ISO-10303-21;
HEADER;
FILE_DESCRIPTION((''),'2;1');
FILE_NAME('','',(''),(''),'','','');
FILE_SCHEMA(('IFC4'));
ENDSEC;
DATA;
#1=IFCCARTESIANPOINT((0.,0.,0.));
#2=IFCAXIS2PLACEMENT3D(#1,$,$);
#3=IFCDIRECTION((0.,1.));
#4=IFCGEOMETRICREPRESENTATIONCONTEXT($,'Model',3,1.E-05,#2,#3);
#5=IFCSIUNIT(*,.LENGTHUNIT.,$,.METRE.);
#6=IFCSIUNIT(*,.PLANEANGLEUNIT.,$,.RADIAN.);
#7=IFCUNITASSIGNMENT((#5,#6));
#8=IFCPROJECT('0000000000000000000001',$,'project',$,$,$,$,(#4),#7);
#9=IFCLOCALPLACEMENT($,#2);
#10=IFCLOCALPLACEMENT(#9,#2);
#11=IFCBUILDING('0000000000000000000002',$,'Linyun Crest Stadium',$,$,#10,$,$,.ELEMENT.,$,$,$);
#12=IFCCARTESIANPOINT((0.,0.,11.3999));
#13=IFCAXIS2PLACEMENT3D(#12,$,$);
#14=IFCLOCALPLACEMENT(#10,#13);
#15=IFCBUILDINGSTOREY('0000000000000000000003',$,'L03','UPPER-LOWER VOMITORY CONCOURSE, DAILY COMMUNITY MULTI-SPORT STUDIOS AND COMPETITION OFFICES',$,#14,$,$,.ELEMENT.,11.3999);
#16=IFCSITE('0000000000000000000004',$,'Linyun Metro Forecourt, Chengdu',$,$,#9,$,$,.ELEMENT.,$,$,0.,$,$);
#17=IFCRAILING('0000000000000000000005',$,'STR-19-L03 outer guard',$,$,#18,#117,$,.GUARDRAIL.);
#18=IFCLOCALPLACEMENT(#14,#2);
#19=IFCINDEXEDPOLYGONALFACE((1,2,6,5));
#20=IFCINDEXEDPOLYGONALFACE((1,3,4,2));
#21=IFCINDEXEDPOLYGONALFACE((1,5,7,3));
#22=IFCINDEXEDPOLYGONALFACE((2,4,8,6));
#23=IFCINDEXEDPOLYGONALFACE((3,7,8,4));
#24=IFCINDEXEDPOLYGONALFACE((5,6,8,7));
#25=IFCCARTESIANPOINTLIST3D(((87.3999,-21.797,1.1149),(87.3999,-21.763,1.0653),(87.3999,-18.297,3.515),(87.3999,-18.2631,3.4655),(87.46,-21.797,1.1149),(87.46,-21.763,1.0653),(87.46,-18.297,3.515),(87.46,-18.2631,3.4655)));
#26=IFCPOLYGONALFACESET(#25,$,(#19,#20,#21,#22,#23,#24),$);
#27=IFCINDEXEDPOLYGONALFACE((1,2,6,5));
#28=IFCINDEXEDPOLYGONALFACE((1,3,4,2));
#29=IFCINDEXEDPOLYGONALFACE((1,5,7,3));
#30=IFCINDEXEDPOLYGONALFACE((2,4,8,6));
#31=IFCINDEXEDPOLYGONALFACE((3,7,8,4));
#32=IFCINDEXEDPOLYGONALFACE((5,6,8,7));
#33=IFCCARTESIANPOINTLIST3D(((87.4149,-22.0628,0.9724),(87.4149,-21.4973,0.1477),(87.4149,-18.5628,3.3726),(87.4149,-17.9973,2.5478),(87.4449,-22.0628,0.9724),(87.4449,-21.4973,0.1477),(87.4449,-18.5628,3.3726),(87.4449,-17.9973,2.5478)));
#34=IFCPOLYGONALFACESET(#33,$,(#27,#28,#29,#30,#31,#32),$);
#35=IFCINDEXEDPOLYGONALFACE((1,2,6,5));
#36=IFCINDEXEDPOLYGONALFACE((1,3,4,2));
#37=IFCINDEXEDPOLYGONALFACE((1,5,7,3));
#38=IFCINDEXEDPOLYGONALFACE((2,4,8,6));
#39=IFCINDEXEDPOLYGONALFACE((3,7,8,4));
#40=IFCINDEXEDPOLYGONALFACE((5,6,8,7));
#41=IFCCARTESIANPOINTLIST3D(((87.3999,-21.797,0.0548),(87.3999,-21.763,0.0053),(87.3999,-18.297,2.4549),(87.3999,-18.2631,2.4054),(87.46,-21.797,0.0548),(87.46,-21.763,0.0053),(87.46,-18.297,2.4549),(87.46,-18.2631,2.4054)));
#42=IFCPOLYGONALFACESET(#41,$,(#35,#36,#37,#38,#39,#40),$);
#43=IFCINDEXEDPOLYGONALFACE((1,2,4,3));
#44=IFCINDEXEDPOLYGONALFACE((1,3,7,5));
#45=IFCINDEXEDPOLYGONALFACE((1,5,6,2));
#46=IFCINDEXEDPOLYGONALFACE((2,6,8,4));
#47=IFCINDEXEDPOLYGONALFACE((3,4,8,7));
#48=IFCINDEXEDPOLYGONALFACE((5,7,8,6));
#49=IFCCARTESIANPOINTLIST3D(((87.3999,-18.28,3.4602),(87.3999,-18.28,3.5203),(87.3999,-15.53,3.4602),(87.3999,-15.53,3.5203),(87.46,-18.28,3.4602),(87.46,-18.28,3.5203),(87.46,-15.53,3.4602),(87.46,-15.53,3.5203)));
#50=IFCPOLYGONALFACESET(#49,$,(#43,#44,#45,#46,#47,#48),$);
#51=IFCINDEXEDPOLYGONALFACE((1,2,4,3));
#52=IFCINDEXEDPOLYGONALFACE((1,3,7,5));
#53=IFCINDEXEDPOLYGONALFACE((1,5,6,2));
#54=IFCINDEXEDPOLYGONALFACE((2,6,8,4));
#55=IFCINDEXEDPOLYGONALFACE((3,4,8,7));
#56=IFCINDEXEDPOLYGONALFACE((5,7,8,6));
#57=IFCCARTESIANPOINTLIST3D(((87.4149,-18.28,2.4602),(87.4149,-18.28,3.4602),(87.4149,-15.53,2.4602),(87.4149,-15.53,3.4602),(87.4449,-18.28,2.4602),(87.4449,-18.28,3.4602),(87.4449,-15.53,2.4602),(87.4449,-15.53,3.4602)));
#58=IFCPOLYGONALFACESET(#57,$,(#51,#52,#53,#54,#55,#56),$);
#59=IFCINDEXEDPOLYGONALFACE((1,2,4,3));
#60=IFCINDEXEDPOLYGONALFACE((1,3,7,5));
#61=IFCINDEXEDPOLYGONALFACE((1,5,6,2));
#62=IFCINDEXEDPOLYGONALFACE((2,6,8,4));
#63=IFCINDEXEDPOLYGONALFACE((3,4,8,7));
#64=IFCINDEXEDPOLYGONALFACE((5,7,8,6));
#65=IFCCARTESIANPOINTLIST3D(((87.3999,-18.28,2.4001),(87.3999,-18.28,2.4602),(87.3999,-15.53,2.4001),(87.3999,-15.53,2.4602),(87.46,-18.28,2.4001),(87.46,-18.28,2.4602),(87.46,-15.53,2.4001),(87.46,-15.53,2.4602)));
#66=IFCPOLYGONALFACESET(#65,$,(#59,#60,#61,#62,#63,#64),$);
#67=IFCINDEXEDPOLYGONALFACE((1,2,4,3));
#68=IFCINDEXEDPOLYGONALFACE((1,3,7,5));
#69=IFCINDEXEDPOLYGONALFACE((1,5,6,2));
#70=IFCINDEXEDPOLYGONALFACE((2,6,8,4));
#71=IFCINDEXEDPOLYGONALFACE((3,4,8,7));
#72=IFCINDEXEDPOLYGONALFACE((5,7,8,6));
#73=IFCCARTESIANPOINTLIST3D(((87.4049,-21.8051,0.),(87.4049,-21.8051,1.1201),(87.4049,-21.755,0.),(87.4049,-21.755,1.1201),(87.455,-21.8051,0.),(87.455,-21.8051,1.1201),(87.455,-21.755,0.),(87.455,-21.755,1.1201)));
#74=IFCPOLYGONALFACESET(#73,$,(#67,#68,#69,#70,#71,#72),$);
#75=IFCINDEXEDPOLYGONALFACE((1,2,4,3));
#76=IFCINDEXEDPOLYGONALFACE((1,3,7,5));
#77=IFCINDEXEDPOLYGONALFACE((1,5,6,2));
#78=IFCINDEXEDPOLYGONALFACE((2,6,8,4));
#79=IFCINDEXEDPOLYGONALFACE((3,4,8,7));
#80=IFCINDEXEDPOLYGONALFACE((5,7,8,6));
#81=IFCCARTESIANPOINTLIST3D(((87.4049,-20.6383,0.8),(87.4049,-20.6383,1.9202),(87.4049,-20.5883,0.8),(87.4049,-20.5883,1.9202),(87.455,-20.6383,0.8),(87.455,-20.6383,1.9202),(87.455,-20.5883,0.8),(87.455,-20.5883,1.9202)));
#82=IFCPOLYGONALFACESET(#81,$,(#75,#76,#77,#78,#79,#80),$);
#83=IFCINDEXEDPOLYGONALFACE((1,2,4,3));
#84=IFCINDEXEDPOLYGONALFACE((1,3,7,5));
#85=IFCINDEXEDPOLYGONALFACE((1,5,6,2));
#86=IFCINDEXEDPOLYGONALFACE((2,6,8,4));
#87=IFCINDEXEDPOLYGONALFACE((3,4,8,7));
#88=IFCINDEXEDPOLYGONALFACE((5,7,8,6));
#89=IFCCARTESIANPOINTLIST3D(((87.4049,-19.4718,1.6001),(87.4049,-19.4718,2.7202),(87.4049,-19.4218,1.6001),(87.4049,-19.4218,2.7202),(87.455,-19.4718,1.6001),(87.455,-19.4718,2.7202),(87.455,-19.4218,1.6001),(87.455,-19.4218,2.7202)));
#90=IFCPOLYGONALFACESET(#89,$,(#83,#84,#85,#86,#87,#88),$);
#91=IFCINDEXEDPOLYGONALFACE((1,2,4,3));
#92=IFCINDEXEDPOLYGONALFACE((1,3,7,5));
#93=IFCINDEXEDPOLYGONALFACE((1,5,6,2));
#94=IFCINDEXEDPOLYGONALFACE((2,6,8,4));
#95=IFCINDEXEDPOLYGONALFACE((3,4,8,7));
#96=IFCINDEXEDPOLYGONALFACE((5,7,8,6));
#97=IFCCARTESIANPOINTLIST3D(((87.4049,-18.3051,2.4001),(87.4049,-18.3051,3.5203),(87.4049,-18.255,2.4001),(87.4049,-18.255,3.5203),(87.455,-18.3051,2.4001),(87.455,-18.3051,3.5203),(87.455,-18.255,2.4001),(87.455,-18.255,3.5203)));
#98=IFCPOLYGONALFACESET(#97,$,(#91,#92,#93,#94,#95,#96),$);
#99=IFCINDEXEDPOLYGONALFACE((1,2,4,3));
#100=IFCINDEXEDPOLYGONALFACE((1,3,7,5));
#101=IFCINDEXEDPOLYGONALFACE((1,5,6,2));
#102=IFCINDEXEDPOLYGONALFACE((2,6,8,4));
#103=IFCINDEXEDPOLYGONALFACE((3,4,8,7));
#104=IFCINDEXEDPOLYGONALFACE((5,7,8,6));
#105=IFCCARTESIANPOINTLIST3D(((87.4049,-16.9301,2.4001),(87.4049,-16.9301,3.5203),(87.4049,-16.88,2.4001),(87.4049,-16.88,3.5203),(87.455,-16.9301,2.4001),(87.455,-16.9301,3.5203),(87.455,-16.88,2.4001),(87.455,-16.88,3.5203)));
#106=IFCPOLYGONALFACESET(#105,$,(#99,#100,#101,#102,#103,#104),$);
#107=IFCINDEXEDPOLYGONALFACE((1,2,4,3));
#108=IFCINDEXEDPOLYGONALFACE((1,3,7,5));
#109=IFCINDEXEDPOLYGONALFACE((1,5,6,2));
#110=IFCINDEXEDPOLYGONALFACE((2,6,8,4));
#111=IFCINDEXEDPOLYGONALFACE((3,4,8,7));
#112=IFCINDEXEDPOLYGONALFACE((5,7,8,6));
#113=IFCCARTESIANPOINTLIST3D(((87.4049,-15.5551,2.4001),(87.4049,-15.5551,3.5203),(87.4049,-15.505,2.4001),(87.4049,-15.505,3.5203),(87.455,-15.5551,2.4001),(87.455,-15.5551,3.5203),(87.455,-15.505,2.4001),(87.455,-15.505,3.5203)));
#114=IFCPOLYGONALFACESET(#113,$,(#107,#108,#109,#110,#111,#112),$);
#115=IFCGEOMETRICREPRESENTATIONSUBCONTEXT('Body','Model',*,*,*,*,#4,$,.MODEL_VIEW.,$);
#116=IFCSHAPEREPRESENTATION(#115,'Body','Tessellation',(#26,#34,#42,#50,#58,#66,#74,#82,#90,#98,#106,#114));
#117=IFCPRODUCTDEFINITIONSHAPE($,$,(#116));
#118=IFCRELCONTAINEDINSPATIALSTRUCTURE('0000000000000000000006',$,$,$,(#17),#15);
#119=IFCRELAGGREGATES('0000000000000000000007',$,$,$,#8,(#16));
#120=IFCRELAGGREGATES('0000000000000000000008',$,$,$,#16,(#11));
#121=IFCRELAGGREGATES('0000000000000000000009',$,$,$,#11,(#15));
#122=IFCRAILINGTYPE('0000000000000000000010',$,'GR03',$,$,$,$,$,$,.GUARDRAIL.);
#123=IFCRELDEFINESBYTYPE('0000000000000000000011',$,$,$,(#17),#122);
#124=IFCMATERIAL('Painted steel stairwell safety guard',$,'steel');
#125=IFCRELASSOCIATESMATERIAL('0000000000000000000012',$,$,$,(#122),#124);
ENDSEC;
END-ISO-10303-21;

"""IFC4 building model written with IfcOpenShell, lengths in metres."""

from ifc_helpers import new_model, si_unit, direction, frame, origin, origin_2d, place, context, subcontext, project, spatial, rectangle, extrude, material, type_object, element, save


model = new_model("IFC4")

# Units and contexts
model_context = context("Model", 3, precision=1e-05, world=origin(), true_north=direction((0.0, 1.0)))
body_context = subcontext(model_context, "Body", "Model", "MODEL_VIEW")
ifc_project = project(units=[si_unit("LENGTHUNIT", "METRE"), si_unit("PLANEANGLEUNIT", "RADIAN")], contexts=[model_context])

# Site, building, storey
site_placement = place(None, origin())
site = spatial("IfcSite", under=ifc_project, at=site_placement, Name="Linyun Metro Forecourt, Chengdu", CompositionType="ELEMENT", RefElevation=0.0)
building_placement = place(site_placement, origin())
building = spatial("IfcBuilding", under=site, at=building_placement, Name="Linyun Crest Stadium", CompositionType="ELEMENT")
storey_placement = place(building_placement, frame((0.0, 0.0, 11.3999)))
storey = spatial("IfcBuildingStorey", under=building, at=storey_placement, Name="L03", Description="UPPER-LOWER VOMITORY CONCOURSE, DAILY COMMUNITY MULTI-SPORT STUDIOS AND COMPETITION OFFICES", CompositionType="ELEMENT", Elevation=11.3999)

# Railing
ifc_material_1 = material(Name="Painted steel stairwell safety guard", Category="steel")
railing_type_1 = type_object("IfcRailingType", Name="GR03", PredefinedType="GUARDRAIL", material=ifc_material_1)
railing_1_placement = place(storey_placement, frame((87.4299, -21.78, 0.0)))
element("IfcRailing", 1, at=railing_1_placement, inside=storey, type_object=railing_type_1, Name="STR-19-L03 outer guard", PredefinedType="GUARDRAIL", context=body_context, shape_type="SweptSolid", body=[
    extrude(rectangle(XDim=0.0601, YDim=0.0601, at=origin_2d()), frame((0.0, 0.0, 1.0901), z_axis=(0.0, 0.824713, 0.565552), x_axis=(-1.0, 0.0, 0.0)), (0.0, 0.0, 1.0), 4.2439),
    extrude(rectangle(XDim=0.03, YDim=1.0, at=origin_2d()), frame((0.0, 0.0, 0.5601), z_axis=(0.0, 0.824713, 0.565552), x_axis=(-1.0, 0.0, 0.0)), (0.0, 0.0, 1.0), 4.2439),
    extrude(rectangle(XDim=0.0601, YDim=0.0601, at=origin_2d()), frame((0.0, 0.0, 0.03), z_axis=(0.0, 0.824713, 0.565552), x_axis=(-1.0, 0.0, 0.0)), (0.0, 0.0, 1.0), 4.2439),
    extrude(rectangle(XDim=0.0601, YDim=0.0601, at=origin_2d()), frame((0.0, 3.5, 3.4902), z_axis=(0.0, 1.0, 0.0), x_axis=(-1.0, 0.0, 0.0)), (0.0, 0.0, 1.0), 2.75),
    extrude(rectangle(XDim=0.03, YDim=1.0, at=origin_2d()), frame((0.0, 3.5, 2.9602), z_axis=(0.0, 1.0, 0.0), x_axis=(-1.0, 0.0, 0.0)), (0.0, 0.0, 1.0), 2.75),
    extrude(rectangle(XDim=0.0601, YDim=0.0601, at=origin_2d()), frame((0.0, 3.5, 2.4302), z_axis=(0.0, 1.0, 0.0), x_axis=(-1.0, 0.0, 0.0)), (0.0, 0.0, 1.0), 2.75),
    extrude(rectangle(XDim=0.05, YDim=0.05, at=origin_2d()), origin(), (0.0, 0.0, 1.0), 1.1201),
    extrude(rectangle(XDim=0.05, YDim=0.05, at=origin_2d()), frame((0.0, 1.1667, 0.8)), (0.0, 0.0, 1.0), 1.1201),
    extrude(rectangle(XDim=0.05, YDim=0.05, at=origin_2d()), frame((0.0, 2.3333, 1.6001)), (0.0, 0.0, 1.0), 1.1201),
    extrude(rectangle(XDim=0.05, YDim=0.05, at=origin_2d()), frame((0.0, 3.5, 2.4001)), (0.0, 0.0, 1.0), 1.1201),
    extrude(rectangle(XDim=0.05, YDim=0.05, at=origin_2d()), frame((0.0, 4.875, 2.4001)), (0.0, 0.0, 1.0), 1.1201),
    extrude(rectangle(XDim=0.05, YDim=0.05, at=origin_2d()), frame((0.0, 6.25, 2.4001)), (0.0, 0.0, 1.0), 1.1201),
])

save(model, "model.ifc")
